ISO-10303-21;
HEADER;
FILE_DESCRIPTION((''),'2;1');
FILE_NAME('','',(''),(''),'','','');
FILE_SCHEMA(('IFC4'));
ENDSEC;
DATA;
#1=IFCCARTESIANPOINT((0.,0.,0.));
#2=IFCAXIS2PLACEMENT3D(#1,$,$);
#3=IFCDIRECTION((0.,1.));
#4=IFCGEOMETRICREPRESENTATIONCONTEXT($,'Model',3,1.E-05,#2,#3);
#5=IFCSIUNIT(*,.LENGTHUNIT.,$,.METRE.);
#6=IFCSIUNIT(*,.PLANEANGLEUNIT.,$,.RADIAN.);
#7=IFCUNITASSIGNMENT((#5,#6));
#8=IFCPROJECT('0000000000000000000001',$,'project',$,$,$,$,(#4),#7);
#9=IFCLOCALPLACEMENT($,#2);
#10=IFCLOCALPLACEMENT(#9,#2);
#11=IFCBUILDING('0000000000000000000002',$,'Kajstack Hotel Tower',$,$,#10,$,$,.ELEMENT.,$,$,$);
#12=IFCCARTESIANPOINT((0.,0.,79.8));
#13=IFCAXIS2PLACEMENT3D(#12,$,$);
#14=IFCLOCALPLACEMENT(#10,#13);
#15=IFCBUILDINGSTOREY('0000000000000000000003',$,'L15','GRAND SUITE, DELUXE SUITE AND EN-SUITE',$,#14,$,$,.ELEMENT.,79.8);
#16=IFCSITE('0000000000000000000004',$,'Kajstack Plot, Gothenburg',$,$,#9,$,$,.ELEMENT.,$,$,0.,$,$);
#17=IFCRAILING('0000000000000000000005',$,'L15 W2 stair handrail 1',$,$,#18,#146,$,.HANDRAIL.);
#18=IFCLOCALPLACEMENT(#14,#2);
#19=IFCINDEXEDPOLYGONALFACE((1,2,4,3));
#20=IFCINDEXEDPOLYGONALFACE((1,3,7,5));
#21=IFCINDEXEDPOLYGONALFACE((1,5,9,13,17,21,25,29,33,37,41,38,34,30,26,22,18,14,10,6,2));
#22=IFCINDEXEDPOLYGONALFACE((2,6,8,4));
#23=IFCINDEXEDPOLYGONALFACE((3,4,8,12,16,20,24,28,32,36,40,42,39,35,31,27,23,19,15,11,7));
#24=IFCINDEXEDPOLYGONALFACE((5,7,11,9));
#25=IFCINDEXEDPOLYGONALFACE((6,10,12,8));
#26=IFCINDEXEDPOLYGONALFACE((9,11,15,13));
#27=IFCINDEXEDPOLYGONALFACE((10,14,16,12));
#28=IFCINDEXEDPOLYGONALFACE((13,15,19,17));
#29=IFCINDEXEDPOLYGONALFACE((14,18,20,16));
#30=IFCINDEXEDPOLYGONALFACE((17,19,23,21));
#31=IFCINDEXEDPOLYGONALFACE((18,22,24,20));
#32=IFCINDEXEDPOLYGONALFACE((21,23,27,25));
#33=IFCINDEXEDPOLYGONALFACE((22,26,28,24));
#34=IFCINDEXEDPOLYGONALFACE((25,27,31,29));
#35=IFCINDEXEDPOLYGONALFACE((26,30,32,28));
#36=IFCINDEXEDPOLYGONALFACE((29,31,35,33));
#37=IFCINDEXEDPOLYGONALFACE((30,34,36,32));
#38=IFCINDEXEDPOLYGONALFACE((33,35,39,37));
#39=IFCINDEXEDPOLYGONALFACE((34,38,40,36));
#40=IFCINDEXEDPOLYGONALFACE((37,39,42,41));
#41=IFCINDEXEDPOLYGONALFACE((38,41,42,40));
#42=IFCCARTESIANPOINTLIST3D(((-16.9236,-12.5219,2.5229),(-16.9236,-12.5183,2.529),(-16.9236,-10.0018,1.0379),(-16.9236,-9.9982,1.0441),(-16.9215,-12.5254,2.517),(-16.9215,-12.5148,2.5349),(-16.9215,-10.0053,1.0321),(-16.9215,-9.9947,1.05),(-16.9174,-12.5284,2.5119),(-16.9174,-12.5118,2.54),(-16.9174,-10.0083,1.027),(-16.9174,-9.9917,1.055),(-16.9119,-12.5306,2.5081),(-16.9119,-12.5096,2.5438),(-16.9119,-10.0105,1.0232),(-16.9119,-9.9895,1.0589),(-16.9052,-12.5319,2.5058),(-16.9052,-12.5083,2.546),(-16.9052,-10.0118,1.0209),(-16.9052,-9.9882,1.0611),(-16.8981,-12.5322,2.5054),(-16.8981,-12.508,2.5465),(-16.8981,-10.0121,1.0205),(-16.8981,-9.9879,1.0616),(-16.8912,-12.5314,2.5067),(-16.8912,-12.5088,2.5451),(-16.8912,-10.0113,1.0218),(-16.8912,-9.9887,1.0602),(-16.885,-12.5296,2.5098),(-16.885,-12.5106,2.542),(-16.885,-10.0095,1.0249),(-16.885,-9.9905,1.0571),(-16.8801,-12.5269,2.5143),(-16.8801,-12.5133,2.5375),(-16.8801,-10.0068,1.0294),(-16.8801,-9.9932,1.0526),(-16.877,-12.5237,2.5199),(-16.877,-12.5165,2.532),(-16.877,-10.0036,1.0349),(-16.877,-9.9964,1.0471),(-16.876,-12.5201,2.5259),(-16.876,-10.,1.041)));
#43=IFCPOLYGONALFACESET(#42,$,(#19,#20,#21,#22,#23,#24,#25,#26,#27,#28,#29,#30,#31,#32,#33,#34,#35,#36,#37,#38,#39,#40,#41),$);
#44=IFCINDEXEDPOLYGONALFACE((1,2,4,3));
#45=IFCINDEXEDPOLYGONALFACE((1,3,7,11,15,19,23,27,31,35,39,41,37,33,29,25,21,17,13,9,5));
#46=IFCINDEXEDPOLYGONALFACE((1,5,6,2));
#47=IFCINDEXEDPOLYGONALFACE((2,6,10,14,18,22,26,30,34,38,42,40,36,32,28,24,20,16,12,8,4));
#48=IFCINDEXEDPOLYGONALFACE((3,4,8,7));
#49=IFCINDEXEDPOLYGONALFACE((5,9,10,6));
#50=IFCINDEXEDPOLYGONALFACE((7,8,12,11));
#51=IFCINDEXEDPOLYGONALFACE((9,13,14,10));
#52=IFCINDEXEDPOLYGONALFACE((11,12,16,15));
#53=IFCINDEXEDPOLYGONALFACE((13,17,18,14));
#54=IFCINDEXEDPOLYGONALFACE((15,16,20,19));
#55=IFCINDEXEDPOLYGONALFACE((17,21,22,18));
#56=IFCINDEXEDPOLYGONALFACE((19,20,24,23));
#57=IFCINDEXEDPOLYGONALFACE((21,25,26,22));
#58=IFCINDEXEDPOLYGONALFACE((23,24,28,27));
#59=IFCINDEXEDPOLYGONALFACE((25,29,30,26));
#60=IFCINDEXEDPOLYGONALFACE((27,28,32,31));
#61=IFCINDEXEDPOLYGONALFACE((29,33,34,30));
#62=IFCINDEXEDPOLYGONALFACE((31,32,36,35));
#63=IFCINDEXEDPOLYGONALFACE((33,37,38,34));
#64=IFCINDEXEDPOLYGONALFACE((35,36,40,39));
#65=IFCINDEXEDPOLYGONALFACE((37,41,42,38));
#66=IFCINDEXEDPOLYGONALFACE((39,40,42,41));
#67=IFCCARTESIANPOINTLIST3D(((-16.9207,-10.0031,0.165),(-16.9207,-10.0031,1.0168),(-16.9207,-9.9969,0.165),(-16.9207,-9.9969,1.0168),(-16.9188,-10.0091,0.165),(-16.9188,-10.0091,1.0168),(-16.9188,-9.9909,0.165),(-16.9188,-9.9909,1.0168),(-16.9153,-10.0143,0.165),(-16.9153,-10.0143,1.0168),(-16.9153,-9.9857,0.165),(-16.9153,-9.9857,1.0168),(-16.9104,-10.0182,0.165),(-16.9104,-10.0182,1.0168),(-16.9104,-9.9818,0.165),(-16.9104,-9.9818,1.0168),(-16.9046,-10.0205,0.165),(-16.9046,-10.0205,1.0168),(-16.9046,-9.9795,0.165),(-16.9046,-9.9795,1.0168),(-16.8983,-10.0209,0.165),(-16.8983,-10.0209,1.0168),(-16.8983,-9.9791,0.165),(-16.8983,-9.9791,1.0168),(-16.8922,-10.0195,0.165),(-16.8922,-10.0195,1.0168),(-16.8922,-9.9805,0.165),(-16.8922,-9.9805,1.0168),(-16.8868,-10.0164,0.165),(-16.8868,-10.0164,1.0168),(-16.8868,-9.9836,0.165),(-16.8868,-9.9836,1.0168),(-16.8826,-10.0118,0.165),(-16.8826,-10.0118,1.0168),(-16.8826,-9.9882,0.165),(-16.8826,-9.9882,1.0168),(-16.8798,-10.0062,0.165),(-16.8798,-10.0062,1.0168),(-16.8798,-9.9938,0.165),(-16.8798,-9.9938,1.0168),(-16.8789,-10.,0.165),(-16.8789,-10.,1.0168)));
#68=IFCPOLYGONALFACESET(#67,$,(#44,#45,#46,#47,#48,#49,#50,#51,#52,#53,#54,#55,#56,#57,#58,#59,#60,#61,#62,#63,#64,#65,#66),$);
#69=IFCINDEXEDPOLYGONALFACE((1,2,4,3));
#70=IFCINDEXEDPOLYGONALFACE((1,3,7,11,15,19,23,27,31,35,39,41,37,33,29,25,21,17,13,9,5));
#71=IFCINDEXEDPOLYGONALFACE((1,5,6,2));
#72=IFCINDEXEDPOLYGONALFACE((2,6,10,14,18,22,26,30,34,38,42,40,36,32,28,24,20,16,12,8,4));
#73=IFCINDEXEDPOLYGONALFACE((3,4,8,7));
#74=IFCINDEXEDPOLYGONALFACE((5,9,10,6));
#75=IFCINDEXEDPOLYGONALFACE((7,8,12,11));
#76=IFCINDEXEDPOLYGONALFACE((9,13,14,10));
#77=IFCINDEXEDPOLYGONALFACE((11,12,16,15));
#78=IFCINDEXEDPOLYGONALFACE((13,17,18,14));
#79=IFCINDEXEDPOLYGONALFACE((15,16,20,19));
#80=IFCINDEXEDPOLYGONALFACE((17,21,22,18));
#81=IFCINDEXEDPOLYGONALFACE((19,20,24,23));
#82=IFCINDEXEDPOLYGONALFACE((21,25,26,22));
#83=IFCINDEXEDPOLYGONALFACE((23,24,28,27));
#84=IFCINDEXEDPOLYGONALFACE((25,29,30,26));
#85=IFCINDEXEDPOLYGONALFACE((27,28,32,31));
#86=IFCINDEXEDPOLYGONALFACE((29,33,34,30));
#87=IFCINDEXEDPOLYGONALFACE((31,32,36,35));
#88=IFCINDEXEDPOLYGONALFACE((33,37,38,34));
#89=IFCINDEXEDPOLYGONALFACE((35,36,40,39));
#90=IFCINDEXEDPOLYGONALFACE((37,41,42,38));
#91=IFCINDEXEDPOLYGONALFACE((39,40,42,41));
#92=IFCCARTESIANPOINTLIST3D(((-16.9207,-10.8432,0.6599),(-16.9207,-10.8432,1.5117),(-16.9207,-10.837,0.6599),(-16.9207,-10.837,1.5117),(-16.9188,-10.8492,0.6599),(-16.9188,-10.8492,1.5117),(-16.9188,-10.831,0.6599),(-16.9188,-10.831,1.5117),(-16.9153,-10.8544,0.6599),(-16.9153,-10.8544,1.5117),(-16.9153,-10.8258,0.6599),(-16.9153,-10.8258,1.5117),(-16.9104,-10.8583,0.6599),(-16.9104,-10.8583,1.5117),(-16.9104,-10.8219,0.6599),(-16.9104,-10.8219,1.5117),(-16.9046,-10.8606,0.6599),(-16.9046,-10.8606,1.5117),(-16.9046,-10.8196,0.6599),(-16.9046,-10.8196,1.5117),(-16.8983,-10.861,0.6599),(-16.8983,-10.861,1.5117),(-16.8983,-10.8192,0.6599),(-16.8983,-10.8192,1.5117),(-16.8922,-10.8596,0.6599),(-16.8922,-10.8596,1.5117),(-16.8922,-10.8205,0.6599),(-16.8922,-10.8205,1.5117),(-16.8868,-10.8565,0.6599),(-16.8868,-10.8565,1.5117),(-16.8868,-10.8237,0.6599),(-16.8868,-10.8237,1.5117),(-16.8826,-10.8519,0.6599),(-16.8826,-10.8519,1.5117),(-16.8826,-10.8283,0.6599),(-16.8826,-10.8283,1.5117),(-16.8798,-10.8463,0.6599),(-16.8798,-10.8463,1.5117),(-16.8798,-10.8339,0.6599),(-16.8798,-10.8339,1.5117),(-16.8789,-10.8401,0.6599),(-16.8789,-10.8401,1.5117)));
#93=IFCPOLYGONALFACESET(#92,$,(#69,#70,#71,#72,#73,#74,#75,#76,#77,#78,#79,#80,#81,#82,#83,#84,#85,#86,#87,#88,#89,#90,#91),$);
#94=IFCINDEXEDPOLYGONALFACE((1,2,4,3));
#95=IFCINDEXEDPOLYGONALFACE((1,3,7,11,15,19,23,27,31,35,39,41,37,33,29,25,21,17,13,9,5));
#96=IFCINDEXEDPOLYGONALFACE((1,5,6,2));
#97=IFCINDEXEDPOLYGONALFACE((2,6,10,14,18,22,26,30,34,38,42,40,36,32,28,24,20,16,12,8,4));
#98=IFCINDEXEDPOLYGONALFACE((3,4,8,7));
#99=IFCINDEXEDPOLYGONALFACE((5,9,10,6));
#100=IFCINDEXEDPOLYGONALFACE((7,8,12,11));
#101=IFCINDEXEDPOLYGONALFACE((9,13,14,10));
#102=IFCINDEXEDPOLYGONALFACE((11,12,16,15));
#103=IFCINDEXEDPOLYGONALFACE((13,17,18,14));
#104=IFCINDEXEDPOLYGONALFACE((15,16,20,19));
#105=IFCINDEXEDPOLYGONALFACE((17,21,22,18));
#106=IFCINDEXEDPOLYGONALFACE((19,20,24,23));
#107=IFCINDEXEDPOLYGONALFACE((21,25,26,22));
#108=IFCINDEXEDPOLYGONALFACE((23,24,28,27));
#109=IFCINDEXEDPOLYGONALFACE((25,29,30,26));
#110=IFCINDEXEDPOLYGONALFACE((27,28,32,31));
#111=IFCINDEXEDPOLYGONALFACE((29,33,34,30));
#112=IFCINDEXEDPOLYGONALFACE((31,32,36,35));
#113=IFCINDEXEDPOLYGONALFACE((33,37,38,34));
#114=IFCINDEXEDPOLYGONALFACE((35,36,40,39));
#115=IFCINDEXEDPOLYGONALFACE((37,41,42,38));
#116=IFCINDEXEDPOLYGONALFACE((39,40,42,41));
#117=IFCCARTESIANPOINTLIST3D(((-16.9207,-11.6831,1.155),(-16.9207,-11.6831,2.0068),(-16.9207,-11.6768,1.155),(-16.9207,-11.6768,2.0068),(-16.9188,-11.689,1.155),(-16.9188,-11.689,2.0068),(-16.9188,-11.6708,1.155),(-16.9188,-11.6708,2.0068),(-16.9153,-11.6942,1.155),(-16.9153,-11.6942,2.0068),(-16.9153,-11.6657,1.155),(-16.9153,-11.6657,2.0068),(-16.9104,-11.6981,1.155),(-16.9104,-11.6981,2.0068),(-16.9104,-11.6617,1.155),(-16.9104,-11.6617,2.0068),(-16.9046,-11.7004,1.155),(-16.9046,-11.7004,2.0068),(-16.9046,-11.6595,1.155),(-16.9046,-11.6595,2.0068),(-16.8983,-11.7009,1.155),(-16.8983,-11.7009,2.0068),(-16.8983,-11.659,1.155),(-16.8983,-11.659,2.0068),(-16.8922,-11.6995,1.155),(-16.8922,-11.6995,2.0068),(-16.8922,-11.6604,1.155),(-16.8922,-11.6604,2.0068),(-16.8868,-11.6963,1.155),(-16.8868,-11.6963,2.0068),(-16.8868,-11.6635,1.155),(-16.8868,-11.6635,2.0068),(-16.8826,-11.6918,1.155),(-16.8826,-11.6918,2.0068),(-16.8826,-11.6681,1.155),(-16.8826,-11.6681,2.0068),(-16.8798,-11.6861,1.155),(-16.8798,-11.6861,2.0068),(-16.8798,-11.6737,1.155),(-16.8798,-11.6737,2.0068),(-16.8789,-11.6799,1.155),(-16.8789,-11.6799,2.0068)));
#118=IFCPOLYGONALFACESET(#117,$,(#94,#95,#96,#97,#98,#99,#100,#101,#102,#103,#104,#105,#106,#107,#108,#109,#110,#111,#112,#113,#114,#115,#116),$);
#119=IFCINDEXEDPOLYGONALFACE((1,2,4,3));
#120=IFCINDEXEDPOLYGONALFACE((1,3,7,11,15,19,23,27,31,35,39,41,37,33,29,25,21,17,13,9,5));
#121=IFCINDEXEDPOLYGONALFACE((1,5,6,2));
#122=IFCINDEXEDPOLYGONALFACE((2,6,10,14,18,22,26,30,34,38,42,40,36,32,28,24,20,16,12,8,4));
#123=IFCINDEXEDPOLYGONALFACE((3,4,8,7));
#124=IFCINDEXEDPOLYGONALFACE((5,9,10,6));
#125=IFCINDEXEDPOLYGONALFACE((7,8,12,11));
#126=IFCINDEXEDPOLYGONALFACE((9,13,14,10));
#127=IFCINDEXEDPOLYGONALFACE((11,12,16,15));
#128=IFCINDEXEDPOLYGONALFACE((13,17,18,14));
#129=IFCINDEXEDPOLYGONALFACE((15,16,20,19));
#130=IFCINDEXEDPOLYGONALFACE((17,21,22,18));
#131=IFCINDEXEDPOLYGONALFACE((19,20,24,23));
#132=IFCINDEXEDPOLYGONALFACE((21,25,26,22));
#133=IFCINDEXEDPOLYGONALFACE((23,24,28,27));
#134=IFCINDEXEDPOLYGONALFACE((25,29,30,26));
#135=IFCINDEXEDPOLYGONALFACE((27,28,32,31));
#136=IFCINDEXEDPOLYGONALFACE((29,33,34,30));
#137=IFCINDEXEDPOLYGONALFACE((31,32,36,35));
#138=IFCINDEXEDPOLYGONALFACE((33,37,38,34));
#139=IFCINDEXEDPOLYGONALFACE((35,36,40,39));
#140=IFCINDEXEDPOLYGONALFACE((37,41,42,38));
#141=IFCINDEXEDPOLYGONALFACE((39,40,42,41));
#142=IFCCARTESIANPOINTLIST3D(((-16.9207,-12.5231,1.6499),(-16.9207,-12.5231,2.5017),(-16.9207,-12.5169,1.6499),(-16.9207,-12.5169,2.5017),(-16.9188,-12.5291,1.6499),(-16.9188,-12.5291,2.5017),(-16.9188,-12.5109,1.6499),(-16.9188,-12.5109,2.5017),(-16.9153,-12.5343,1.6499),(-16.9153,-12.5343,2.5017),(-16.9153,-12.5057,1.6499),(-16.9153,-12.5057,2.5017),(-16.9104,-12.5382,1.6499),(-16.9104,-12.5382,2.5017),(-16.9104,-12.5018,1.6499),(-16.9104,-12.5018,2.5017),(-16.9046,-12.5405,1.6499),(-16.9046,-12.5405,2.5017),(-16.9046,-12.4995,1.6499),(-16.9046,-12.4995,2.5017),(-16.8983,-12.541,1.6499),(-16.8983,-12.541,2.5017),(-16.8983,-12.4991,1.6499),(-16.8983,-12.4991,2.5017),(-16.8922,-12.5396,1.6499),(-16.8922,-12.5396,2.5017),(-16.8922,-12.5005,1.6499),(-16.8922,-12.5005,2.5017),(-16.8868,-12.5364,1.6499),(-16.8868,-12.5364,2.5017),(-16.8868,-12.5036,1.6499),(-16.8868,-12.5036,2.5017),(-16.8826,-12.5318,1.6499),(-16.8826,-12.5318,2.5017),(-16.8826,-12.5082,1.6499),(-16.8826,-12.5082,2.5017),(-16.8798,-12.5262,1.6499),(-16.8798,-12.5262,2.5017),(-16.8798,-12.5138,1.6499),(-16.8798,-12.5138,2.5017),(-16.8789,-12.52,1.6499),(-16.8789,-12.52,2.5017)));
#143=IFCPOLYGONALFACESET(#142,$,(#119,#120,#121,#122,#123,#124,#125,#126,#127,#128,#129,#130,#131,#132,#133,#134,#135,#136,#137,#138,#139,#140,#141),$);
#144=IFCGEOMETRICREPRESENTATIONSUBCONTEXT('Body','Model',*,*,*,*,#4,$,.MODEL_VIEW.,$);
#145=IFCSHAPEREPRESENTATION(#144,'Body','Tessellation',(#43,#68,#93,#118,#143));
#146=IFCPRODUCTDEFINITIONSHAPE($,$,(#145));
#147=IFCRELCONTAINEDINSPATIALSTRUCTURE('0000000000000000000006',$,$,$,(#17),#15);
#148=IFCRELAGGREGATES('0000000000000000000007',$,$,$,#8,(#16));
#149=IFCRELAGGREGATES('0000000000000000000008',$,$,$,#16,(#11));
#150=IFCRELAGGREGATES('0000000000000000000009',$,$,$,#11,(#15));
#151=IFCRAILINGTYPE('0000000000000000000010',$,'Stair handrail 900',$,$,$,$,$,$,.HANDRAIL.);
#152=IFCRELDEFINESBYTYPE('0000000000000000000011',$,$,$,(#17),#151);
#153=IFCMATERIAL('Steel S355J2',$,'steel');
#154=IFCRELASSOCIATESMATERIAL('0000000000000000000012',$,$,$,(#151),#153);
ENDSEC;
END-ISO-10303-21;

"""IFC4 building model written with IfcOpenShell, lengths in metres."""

from ifc_helpers import new_model, si_unit, direction, frame, origin, origin_2d, place, context, subcontext, project, spatial, circle, extrude, material, type_object, element, save


model = new_model("IFC4")

# Units and contexts
model_context = context("Model", 3, precision=1e-05, world=origin(), true_north=direction((0.0, 1.0)))
body_context = subcontext(model_context, "Body", "Model", "MODEL_VIEW")
ifc_project = project(units=[si_unit("LENGTHUNIT", "METRE"), si_unit("PLANEANGLEUNIT", "RADIAN")], contexts=[model_context])

# Site, building, storey
site_placement = place(None, origin())
site = spatial("IfcSite", under=ifc_project, at=site_placement, Name="Kajstack Plot, Gothenburg", CompositionType="ELEMENT", RefElevation=0.0)
building_placement = place(site_placement, origin())
building = spatial("IfcBuilding", under=site, at=building_placement, Name="Kajstack Hotel Tower", CompositionType="ELEMENT")
storey_placement = place(building_placement, frame((0.0, 0.0, 79.8)))
storey = spatial("IfcBuildingStorey", under=building, at=storey_placement, Name="L15", Description="GRAND SUITE, DELUXE SUITE AND EN-SUITE", CompositionType="ELEMENT", Elevation=79.8)

# Railing
ifc_material_1 = material(Name="Steel S355J2", Category="steel")
railing_type_1 = type_object("IfcRailingType", Name="Stair handrail 900", PredefinedType="HANDRAIL", material=ifc_material_1)
railing_1_placement = place(storey_placement, frame((-16.8999, -10.0, 0.165)))
element("IfcRailing", 1, at=railing_1_placement, inside=storey, type_object=railing_type_1, Name="L15 W2 stair handrail 1", PredefinedType="HANDRAIL", context=body_context, shape_type="SweptSolid", body=[
    extrude(circle(Radius=0.0239, at=origin_2d()), frame((0.0, 0.0, 0.876), z_axis=(0.0, -0.861561, 0.507655), x_axis=(1.0, 0.0, 0.0)), (0.0, 0.0, 1.0), 2.925),
    extrude(circle(Radius=0.021, at=origin_2d()), origin(), (0.0, 0.0, 1.0), 0.8518),
    extrude(circle(Radius=0.021, at=origin_2d()), frame((0.0, -0.8401, 0.4949)), (0.0, 0.0, 1.0), 0.8518),
    extrude(circle(Radius=0.021, at=origin_2d()), frame((0.0, -1.6799, 0.99)), (0.0, 0.0, 1.0), 0.8518),
    extrude(circle(Radius=0.021, at=origin_2d()), frame((0.0, -2.52, 1.4849)), (0.0, 0.0, 1.0), 0.8518),
])

save(model, "model.ifc")
